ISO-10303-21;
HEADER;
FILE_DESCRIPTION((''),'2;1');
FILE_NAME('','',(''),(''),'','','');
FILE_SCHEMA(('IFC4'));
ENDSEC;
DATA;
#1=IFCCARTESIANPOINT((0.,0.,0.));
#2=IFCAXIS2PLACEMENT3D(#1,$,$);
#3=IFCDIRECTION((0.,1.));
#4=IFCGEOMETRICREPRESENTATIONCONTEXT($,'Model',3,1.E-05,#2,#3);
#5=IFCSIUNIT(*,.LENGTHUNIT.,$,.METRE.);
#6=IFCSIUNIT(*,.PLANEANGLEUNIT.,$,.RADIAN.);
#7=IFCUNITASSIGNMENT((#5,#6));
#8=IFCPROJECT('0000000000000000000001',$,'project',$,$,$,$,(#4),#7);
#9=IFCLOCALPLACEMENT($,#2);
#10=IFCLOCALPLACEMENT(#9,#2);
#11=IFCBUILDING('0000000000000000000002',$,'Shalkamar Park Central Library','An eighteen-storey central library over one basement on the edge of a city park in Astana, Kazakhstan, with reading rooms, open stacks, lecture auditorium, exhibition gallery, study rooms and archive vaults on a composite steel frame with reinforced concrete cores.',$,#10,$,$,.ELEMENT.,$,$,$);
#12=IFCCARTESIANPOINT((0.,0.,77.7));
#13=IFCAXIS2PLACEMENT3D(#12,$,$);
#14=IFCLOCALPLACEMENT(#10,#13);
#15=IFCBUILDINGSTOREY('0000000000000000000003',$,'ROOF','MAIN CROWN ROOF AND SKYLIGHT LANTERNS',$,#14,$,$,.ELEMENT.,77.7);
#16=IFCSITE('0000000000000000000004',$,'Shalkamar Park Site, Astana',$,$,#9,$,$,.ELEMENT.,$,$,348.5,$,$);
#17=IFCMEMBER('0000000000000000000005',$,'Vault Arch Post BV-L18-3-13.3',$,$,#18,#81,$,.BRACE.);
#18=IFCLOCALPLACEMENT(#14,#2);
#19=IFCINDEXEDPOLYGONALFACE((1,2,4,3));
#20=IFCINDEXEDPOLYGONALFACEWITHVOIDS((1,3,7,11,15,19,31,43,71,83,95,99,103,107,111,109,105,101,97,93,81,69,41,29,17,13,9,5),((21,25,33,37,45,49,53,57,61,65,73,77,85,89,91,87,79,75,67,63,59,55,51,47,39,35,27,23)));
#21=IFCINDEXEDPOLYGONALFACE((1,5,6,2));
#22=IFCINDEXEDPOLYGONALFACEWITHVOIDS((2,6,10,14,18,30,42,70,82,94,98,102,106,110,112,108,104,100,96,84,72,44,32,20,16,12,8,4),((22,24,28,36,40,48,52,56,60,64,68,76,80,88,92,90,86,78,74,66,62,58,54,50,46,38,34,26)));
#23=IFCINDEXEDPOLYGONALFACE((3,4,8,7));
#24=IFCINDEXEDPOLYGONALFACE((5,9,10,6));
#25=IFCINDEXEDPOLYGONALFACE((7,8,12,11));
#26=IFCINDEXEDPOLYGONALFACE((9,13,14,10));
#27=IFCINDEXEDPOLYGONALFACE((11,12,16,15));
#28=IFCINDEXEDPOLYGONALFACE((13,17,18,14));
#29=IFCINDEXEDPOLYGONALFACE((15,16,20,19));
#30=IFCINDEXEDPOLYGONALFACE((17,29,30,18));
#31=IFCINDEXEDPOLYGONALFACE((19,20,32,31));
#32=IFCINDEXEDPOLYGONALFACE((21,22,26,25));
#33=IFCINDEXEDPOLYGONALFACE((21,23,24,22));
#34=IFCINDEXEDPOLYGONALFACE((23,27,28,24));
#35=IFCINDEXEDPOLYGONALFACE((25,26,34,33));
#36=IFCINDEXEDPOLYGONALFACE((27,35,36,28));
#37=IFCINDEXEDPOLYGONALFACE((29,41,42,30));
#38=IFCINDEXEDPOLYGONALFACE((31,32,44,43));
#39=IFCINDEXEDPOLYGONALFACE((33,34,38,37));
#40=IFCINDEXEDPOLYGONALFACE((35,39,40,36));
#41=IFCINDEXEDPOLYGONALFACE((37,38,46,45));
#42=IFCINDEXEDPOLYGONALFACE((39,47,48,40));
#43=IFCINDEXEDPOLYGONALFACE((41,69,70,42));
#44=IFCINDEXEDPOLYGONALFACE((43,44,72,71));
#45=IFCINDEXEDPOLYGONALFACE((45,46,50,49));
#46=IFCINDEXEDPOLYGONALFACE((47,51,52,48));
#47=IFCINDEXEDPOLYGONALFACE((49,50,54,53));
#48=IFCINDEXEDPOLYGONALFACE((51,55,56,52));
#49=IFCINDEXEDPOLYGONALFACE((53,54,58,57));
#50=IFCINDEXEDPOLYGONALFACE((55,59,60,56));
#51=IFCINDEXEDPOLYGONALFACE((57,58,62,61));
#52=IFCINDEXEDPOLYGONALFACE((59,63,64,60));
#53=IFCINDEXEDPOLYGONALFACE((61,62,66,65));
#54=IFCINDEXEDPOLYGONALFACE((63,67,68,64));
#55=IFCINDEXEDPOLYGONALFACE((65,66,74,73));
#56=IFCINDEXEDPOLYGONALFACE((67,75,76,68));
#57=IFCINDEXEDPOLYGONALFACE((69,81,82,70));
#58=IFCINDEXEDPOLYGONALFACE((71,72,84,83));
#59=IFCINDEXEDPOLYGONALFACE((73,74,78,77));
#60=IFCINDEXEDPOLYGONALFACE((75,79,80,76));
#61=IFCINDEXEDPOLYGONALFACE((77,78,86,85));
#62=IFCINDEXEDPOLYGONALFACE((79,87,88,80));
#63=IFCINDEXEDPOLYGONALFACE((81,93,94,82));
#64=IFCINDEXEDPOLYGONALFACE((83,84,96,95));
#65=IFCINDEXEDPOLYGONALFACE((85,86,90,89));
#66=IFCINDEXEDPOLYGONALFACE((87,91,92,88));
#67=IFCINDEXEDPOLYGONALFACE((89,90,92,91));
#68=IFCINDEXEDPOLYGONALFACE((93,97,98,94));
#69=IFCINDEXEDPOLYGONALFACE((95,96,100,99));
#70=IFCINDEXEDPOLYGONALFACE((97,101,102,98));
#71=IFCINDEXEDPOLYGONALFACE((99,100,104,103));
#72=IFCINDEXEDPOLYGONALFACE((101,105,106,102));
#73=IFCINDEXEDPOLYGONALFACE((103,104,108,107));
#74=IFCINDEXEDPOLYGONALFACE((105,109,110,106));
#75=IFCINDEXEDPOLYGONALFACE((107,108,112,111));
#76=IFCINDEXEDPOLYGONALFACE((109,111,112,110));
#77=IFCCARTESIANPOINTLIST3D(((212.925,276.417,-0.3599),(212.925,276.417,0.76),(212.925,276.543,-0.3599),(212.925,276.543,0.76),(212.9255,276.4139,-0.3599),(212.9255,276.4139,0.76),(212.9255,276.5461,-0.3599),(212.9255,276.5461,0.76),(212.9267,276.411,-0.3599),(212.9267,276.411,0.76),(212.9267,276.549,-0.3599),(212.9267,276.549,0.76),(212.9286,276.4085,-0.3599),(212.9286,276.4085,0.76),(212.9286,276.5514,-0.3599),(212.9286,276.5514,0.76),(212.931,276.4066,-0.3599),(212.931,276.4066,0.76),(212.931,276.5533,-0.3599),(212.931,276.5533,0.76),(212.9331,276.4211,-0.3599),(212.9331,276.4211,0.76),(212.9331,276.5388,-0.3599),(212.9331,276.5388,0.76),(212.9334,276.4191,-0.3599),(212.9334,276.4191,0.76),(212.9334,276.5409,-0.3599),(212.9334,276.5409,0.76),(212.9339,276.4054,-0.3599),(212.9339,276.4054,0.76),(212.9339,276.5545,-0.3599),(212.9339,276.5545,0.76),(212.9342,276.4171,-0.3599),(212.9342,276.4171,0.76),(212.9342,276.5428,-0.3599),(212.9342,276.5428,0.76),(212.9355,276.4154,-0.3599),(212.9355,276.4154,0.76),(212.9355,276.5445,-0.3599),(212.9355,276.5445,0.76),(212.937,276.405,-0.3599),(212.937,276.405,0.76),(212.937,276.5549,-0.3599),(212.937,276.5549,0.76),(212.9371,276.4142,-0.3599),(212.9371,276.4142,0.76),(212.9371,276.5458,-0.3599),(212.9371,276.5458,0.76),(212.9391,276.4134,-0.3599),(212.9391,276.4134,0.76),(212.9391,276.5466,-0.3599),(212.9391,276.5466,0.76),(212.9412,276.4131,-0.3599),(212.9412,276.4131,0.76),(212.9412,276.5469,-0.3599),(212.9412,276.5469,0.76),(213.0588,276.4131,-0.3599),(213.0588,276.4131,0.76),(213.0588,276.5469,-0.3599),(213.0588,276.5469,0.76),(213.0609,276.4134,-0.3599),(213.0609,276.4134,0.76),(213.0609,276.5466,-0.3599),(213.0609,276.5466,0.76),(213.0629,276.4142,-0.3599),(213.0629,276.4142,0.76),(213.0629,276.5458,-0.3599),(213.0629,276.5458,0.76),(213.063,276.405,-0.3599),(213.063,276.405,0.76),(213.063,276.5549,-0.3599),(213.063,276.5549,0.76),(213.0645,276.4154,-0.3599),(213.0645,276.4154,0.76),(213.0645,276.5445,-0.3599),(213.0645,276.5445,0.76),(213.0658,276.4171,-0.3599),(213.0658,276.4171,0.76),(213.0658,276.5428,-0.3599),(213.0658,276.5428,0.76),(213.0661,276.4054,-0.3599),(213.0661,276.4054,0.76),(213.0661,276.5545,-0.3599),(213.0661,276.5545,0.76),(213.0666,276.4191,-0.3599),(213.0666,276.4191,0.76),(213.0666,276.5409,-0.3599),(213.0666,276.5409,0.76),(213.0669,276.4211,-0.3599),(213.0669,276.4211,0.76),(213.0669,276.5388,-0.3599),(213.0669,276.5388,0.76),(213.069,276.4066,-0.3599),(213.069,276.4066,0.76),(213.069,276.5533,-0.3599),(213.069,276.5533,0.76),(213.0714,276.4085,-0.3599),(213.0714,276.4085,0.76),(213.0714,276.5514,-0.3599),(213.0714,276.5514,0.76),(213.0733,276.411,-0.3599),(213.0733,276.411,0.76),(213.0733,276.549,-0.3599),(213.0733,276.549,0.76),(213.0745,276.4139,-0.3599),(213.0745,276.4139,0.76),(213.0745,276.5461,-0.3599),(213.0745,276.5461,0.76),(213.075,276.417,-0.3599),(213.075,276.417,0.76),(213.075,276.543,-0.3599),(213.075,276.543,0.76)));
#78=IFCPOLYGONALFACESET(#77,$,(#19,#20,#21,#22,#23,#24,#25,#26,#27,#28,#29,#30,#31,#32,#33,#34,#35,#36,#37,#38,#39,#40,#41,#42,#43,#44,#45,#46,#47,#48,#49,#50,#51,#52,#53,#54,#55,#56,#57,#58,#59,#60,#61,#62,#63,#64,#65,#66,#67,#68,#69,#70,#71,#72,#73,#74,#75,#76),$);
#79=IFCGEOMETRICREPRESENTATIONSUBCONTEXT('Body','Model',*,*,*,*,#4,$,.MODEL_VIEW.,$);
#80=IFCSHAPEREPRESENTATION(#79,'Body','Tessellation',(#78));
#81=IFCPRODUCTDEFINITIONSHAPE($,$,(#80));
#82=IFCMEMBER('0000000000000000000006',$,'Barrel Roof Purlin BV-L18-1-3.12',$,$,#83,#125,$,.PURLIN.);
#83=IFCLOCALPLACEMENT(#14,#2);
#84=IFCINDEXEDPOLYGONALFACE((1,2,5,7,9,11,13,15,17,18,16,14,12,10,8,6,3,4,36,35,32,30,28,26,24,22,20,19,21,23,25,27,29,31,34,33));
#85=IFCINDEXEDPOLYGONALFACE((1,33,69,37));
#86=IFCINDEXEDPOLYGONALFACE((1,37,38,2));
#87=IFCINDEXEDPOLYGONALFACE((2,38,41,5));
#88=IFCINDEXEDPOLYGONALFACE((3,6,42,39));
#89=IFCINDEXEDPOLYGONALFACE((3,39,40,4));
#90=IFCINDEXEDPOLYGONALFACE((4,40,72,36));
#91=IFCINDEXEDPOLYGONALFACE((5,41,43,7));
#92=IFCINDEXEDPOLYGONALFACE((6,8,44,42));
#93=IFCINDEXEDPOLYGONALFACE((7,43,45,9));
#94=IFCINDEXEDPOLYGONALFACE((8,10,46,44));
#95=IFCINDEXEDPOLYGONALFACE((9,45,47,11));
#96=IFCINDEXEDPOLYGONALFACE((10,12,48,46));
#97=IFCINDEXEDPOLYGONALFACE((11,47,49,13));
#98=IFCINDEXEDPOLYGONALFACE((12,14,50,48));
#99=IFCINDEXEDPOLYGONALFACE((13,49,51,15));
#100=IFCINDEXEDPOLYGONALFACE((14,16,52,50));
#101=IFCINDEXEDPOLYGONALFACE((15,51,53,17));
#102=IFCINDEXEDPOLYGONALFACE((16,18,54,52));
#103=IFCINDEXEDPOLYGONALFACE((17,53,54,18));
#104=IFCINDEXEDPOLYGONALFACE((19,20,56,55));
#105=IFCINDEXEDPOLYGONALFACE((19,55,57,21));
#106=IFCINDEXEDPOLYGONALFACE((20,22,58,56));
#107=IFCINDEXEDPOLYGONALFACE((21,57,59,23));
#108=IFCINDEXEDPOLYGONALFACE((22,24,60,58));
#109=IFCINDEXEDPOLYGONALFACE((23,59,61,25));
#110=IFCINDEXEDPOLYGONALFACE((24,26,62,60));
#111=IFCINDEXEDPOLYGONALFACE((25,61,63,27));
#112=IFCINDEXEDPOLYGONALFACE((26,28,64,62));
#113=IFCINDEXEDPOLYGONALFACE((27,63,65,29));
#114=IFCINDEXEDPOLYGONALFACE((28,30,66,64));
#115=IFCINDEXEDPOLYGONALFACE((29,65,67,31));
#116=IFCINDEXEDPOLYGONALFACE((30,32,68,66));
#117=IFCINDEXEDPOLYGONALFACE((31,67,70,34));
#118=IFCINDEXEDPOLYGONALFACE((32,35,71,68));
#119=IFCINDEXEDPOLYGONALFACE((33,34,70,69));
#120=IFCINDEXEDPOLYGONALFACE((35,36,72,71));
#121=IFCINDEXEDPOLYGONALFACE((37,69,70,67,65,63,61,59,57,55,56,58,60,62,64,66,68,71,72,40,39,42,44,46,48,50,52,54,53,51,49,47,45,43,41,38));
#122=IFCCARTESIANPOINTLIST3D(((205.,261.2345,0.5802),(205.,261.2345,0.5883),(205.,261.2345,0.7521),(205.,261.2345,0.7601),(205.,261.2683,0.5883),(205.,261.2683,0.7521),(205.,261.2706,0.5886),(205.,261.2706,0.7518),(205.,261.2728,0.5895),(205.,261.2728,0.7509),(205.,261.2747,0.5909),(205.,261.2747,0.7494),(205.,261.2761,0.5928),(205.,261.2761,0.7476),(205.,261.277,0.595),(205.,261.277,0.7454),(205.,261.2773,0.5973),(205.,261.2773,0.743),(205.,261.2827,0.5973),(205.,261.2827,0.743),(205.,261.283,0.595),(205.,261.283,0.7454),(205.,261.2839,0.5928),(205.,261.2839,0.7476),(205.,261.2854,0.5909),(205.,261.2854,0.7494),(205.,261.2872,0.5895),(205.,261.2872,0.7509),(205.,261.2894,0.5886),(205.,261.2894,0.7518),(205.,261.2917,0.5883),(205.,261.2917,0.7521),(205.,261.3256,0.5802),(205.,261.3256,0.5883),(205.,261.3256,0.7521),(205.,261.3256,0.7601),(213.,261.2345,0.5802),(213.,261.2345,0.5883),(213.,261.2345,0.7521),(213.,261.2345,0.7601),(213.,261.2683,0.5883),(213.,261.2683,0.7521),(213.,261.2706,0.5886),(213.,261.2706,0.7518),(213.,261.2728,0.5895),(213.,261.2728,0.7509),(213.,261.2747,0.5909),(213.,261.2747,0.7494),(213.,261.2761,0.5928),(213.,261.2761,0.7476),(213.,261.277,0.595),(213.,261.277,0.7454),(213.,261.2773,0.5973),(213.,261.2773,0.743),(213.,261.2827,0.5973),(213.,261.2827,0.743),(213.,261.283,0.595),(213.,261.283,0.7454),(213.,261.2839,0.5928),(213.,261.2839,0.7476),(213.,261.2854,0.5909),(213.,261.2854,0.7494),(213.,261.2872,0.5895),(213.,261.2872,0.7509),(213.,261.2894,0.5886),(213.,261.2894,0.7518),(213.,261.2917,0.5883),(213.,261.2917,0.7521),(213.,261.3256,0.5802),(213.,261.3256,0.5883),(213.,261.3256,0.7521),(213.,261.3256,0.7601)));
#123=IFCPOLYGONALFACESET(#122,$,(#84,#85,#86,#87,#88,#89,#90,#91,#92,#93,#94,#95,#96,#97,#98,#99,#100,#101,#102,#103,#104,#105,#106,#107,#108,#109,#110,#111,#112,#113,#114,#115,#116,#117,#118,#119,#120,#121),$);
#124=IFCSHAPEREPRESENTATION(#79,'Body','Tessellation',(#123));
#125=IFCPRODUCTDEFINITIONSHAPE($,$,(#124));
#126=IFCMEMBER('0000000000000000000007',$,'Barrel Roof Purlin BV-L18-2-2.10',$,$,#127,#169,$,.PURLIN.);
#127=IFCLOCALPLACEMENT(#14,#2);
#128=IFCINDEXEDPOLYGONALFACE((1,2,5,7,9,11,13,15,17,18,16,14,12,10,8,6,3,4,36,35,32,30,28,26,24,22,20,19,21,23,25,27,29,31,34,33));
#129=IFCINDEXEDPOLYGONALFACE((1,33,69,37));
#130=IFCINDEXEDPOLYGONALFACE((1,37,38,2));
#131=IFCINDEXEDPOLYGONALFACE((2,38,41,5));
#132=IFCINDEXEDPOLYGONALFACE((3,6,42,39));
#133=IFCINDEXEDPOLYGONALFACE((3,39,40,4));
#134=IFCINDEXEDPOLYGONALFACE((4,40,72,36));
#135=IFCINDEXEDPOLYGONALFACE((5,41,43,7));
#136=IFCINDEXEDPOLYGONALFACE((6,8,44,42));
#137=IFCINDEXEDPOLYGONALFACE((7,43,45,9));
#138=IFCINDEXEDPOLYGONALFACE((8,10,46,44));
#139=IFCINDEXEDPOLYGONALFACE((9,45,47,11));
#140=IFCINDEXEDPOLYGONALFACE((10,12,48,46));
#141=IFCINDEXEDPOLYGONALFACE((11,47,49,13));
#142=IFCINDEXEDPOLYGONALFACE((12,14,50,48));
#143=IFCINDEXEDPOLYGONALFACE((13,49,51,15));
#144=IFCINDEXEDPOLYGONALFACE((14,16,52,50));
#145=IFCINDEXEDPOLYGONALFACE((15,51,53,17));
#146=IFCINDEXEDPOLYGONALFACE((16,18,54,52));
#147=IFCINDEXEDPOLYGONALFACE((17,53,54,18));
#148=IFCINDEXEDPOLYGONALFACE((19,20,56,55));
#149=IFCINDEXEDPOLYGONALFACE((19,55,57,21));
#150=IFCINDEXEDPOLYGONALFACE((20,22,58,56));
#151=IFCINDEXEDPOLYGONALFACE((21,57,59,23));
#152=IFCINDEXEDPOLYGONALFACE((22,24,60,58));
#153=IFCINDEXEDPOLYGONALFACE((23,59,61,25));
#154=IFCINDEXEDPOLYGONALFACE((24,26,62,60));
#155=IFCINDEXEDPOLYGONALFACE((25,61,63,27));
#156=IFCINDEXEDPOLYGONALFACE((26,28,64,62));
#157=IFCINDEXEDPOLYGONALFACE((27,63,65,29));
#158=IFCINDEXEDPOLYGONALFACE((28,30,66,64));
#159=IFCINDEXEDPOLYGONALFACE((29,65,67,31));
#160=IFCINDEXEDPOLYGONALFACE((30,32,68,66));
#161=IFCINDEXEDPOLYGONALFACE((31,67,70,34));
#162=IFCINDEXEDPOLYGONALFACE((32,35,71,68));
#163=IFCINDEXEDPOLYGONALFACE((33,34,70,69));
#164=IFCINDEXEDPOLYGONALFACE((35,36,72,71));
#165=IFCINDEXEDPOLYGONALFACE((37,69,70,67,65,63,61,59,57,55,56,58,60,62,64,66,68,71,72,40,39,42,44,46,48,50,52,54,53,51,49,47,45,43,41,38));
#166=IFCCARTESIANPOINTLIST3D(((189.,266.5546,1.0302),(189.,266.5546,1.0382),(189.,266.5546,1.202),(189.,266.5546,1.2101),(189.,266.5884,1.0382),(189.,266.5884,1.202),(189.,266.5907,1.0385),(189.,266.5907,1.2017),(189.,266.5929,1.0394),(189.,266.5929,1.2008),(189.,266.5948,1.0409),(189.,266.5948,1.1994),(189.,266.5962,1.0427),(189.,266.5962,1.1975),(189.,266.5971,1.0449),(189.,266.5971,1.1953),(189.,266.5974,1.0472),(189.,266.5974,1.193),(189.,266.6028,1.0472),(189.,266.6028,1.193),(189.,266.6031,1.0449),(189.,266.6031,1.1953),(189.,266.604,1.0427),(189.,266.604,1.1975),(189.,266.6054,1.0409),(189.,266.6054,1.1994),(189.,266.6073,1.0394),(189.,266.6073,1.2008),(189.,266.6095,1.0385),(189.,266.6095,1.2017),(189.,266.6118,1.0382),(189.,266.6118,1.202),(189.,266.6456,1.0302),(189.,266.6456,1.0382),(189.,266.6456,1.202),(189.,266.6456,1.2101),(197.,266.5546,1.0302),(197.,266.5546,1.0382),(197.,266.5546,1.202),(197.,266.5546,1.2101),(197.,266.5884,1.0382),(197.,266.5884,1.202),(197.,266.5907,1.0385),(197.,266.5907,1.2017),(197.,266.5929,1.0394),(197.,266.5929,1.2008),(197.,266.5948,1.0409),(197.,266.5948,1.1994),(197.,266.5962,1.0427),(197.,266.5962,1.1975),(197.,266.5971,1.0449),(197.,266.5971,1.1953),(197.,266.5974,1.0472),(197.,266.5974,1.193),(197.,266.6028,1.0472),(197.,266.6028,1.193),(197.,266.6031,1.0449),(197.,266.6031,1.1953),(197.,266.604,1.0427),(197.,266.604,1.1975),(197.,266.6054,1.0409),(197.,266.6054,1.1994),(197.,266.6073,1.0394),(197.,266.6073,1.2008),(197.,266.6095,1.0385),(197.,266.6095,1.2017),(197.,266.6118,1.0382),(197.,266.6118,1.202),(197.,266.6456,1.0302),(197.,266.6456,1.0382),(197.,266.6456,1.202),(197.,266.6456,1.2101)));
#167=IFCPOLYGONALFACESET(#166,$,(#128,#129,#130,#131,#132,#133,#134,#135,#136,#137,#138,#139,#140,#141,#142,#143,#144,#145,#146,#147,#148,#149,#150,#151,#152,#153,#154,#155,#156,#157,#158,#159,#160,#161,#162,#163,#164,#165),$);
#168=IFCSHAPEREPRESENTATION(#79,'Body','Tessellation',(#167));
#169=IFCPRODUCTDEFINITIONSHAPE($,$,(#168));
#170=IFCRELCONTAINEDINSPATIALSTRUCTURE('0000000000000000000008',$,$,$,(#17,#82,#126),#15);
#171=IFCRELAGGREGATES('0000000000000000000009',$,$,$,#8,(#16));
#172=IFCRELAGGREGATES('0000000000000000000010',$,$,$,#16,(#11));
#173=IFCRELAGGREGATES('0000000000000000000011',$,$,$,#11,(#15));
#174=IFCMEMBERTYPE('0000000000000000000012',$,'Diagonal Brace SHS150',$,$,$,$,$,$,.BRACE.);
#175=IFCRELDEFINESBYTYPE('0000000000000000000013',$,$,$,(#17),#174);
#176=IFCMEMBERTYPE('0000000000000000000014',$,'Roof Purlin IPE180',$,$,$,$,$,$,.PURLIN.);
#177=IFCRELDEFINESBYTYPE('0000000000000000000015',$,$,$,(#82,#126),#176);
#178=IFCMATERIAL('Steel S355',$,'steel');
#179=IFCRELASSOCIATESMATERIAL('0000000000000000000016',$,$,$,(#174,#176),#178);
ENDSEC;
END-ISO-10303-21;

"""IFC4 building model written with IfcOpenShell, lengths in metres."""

from ifc_helpers import new_model, si_unit, direction, frame, origin, origin_2d, place, context, subcontext, project, spatial, hollow_rectangle, i_section, extrude, material, material_profile, profile_set, type_object, element, save


model = new_model("IFC4")

# Units and contexts
model_context = context("Model", 3, precision=1e-05, world=origin(), true_north=direction((0.0, 1.0)))
body_context = subcontext(model_context, "Body", "Model", "MODEL_VIEW")
ifc_project = project(units=[si_unit("LENGTHUNIT", "METRE"), si_unit("PLANEANGLEUNIT", "RADIAN")], contexts=[model_context])

# Site, building, storey
site_placement = place(None, origin())
site = spatial("IfcSite", under=ifc_project, at=site_placement, Name="Shalkamar Park Site, Astana", CompositionType="ELEMENT", RefElevation=348.5)
building_placement = place(site_placement, origin())
building = spatial("IfcBuilding", under=site, at=building_placement, Name="Shalkamar Park Central Library", Description="An eighteen-storey central library over one basement on the edge of a city park in Astana, Kazakhstan, with reading rooms, open stacks, lecture auditorium, exhibition gallery, study rooms and archive vaults on a composite steel frame with reinforced concrete cores.", CompositionType="ELEMENT")
storey_placement = place(building_placement, frame((0.0, 0.0, 77.7)))
storey = spatial("IfcBuildingStorey", under=building, at=storey_placement, Name="ROOF", Description="MAIN CROWN ROOF AND SKYLIGHT LANTERNS", CompositionType="ELEMENT", Elevation=77.7)

# Members
ifc_material = material(Name="Steel S355", Category="steel")
ifc_material_profile_1 = material_profile(ifc_material, hollow_rectangle(XDim=0.1499, YDim=0.1499, WallThickness=0.0081, InnerFilletRadius=0.0081, OuterFilletRadius=0.012, at=origin_2d()), Name="SHS 150x150x8")
ifc_profile_set_1 = profile_set([ifc_material_profile_1], Name="Steel S355")
member_type_1 = type_object("IfcMemberType", Name="Diagonal Brace SHS150", PredefinedType="BRACE", material=ifc_profile_set_1)
member_1_placement = place(storey_placement, frame((213.0, 276.48, -0.3599), z_axis=(0.0, 0.0, 1.0), x_axis=(1.0, 0.0, 0.0)))
element("IfcMember", 1, at=member_1_placement, inside=storey, type_object=member_type_1, Name="Vault Arch Post BV-L18-3-13.3", PredefinedType="BRACE", context=body_context, shape_type="SweptSolid", body=[
    extrude(hollow_rectangle(XDim=0.1499, YDim=0.1499, WallThickness=0.0081, InnerFilletRadius=0.0081, OuterFilletRadius=0.012, at=origin_2d()), origin(), (0.0, 0.0, 1.0), 1.1199),
])
ifc_material_profile_2 = material_profile(ifc_material, i_section(OverallWidth=0.0911, OverallDepth=0.1799, WebThickness=0.0054, FlangeThickness=0.0081, FilletRadius=0.009, at=origin_2d()), Name="IPE 180")
ifc_profile_set_2 = profile_set([ifc_material_profile_2], Name="Steel S355")
member_type_2 = type_object("IfcMemberType", Name="Roof Purlin IPE180", PredefinedType="PURLIN", material=ifc_profile_set_2)
for number, where, z_axis, x_axis, name in (
    (2, (205.0, 261.28, 0.6702), (1.0, 0.0, 0.0), (0.0, 1.0, 0.0), "Barrel Roof Purlin BV-L18-1-3.12"),
    (3, (189.0, 266.6001, 1.1201), (1.0, 0.0, 0.0), (0.0, 1.0, 0.0), "Barrel Roof Purlin BV-L18-2-2.10"),
):
    element("IfcMember", number, at=place(storey_placement, frame(where, z_axis=z_axis, x_axis=x_axis)), inside=storey, type_object=member_type_2, Name=name, PredefinedType="PURLIN", context=body_context, shape_type="SweptSolid", body=[
        extrude(i_section(OverallWidth=0.0911, OverallDepth=0.1799, WebThickness=0.0054, FlangeThickness=0.0081, FilletRadius=0.009, at=origin_2d()), origin(), (0.0, 0.0, 1.0), 8.0),
    ])

save(model, "model.ifc")
